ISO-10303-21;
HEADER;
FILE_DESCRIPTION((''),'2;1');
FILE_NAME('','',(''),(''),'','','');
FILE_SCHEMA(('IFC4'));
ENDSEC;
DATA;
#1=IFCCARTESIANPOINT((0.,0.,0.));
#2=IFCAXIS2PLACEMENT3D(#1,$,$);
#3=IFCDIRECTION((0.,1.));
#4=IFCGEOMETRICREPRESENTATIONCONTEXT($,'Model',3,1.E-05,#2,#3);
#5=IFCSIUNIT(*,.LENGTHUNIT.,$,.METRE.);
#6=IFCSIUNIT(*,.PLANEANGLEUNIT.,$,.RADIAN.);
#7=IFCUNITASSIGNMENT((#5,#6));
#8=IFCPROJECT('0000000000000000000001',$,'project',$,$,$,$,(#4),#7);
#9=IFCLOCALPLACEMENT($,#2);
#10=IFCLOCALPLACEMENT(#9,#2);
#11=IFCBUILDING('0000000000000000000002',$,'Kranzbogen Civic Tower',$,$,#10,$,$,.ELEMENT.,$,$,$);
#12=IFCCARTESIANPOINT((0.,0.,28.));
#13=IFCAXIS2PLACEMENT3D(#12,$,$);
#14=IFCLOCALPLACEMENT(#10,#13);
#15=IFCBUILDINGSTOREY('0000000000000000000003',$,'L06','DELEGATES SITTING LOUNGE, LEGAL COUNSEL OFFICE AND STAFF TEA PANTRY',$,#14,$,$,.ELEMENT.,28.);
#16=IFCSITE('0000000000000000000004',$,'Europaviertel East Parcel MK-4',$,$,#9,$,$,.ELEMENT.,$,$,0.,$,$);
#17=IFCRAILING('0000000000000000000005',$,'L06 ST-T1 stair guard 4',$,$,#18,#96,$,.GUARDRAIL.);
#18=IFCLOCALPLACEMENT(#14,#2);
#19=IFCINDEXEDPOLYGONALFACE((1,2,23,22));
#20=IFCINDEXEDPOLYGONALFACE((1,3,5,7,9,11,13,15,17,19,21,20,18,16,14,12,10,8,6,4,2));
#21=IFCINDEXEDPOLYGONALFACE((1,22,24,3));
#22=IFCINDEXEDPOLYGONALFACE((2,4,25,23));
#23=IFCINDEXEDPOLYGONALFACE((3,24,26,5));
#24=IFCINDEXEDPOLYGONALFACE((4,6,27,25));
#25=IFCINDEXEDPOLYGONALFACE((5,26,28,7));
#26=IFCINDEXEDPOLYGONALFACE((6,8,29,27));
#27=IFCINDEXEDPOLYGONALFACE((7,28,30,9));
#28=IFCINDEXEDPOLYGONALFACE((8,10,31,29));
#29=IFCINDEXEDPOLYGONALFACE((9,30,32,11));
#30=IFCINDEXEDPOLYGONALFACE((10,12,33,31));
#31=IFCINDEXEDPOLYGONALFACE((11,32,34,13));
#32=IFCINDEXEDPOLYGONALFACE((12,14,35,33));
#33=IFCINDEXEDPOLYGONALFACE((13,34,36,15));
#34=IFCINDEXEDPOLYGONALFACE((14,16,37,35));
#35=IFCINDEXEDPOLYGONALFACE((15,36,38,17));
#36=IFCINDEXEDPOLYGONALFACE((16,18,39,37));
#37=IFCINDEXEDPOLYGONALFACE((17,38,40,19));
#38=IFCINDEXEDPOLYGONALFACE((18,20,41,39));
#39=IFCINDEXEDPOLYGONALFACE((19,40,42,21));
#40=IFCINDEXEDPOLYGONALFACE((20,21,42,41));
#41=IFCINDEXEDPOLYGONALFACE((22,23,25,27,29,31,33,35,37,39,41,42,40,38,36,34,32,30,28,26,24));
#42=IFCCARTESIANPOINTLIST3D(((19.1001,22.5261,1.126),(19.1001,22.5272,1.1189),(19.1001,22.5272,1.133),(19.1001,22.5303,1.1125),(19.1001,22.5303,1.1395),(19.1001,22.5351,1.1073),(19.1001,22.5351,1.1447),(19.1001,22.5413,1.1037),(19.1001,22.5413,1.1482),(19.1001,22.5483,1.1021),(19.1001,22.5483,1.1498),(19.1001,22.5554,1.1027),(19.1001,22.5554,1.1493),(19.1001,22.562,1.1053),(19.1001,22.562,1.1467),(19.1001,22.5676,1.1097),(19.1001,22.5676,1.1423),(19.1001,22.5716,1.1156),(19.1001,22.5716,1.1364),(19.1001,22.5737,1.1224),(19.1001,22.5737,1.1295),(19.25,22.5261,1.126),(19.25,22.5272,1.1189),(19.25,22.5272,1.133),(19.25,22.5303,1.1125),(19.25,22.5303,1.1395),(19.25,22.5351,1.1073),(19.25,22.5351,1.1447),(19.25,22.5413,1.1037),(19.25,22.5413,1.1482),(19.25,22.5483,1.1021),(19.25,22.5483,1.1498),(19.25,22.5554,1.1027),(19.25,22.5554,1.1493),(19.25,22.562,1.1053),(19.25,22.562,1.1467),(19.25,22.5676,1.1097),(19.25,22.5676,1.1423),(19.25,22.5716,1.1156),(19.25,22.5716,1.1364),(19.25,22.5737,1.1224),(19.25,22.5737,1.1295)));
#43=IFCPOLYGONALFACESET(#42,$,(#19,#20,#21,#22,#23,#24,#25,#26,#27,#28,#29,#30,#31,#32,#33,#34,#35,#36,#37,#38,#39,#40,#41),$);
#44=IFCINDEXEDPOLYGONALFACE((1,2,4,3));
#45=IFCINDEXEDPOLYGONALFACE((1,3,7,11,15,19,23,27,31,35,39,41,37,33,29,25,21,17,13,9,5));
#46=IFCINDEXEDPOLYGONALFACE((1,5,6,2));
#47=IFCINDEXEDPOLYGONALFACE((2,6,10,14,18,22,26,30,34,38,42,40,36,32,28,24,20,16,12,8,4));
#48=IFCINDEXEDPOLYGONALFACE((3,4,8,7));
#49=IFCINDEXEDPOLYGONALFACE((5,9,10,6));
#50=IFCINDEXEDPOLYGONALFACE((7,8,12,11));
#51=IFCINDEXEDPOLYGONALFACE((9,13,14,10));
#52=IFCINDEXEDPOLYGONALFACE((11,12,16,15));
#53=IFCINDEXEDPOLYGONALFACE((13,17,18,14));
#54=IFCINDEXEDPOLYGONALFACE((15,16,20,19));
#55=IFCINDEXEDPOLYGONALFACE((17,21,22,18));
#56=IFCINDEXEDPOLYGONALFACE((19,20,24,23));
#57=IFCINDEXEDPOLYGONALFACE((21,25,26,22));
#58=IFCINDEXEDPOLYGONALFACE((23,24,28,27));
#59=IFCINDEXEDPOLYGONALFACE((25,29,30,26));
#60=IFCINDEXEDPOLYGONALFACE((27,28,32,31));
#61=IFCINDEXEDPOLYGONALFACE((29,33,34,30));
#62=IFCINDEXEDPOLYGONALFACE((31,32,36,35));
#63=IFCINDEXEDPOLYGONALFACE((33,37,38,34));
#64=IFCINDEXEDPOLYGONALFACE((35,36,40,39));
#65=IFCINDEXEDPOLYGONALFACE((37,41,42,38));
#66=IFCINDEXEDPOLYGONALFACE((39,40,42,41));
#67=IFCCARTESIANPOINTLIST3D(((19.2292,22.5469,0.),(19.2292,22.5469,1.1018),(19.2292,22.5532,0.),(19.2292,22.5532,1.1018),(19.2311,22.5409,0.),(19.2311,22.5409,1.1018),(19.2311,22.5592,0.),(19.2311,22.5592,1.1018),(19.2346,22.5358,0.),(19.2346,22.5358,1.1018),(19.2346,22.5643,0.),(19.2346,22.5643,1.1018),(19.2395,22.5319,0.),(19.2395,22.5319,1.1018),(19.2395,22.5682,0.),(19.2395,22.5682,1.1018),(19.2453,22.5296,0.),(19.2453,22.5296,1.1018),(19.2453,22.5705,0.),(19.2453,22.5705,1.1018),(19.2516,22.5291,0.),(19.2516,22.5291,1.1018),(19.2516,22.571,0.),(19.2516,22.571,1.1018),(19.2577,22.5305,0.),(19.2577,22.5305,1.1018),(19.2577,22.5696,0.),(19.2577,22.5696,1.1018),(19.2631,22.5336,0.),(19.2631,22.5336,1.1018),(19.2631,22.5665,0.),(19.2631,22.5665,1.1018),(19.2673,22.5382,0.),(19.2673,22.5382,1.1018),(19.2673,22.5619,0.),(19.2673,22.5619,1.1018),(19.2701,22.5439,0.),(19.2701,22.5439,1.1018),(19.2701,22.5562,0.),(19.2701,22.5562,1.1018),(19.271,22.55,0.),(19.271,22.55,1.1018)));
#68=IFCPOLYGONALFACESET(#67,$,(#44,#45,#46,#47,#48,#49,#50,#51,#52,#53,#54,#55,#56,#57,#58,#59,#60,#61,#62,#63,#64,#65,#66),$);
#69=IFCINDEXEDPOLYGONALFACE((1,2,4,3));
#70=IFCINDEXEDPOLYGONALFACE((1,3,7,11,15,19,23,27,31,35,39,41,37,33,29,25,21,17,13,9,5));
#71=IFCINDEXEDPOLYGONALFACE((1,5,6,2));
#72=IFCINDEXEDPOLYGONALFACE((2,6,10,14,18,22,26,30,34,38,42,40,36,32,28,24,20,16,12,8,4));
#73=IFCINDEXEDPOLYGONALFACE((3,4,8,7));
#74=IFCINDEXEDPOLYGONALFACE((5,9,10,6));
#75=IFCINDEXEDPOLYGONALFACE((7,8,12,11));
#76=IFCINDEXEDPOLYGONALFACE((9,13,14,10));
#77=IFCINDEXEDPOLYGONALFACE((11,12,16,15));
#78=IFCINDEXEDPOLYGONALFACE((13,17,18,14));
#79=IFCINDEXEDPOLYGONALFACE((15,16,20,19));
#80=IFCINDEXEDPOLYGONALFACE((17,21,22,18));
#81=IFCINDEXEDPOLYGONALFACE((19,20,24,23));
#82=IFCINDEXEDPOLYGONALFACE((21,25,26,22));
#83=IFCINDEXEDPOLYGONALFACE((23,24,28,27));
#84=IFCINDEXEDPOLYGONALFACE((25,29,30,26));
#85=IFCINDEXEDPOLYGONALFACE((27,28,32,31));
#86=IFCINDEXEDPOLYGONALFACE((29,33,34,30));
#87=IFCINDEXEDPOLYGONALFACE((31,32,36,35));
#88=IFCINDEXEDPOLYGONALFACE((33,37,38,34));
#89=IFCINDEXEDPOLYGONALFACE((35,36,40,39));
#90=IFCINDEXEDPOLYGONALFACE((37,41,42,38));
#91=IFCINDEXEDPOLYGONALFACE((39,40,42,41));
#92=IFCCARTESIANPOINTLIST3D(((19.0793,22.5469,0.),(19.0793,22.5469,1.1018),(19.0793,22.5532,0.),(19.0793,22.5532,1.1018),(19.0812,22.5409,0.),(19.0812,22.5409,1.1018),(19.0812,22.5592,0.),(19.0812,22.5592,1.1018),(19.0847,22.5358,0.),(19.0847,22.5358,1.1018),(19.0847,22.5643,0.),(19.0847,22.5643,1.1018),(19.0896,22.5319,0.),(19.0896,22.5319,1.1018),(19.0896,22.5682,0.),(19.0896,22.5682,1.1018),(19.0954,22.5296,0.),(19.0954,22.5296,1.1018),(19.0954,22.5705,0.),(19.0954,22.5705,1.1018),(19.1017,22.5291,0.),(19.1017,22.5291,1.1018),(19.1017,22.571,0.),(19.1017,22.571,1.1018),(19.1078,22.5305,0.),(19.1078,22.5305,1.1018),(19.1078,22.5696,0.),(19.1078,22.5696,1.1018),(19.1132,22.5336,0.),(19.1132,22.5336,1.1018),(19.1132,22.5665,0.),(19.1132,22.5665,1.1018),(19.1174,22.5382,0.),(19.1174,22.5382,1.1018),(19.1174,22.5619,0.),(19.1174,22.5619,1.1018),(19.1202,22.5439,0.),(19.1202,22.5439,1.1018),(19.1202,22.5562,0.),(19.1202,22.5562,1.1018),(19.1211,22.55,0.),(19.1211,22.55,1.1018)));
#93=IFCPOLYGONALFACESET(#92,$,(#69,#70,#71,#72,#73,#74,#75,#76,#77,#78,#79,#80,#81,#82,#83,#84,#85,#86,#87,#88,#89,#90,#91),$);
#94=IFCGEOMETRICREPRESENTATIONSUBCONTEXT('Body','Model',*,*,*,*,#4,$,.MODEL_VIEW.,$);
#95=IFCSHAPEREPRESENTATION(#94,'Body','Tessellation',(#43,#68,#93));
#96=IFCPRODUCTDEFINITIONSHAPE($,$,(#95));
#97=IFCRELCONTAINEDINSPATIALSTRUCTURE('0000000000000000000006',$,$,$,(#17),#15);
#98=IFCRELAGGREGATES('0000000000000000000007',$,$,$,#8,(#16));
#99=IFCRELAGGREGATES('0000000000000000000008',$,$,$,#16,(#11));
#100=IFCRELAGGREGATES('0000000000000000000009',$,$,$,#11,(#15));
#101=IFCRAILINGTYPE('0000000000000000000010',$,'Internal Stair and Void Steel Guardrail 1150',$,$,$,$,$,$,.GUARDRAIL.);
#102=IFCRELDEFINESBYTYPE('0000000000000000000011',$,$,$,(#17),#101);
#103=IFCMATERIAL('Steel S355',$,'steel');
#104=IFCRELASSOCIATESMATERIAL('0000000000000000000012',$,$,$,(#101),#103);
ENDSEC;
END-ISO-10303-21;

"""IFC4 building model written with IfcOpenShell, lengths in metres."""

from ifc_helpers import new_model, si_unit, direction, frame, origin, origin_2d, place, context, subcontext, project, spatial, circle, extrude, material, type_object, element, save


model = new_model("IFC4")

# Units and contexts
model_context = context("Model", 3, precision=1e-05, world=origin(), true_north=direction((0.0, 1.0)))
body_context = subcontext(model_context, "Body", "Model", "MODEL_VIEW")
ifc_project = project(units=[si_unit("LENGTHUNIT", "METRE"), si_unit("PLANEANGLEUNIT", "RADIAN")], contexts=[model_context])

# Site, building, storey
site_placement = place(None, origin())
site = spatial("IfcSite", under=ifc_project, at=site_placement, Name="Europaviertel East Parcel MK-4", CompositionType="ELEMENT", RefElevation=0.0)
building_placement = place(site_placement, origin())
building = spatial("IfcBuilding", under=site, at=building_placement, Name="Kranzbogen Civic Tower", CompositionType="ELEMENT")
storey_placement = place(building_placement, frame((0.0, 0.0, 28.0)))
storey = spatial("IfcBuildingStorey", under=building, at=storey_placement, Name="L06", Description="DELEGATES SITTING LOUNGE, LEGAL COUNSEL OFFICE AND STAFF TEA PANTRY", CompositionType="ELEMENT", Elevation=28.0)

# Shared definitions
ifc_material_1 = material(Name="Steel S355", Category="steel")

# Railing
railing_type_1 = type_object("IfcRailingType", Name="Internal Stair and Void Steel Guardrail 1150", PredefinedType="GUARDRAIL", material=ifc_material_1)
railing_1_placement = place(storey_placement, frame((19.25, 22.55, 0.0)))
element("IfcRailing", 1, at=railing_1_placement, inside=storey, type_object=railing_type_1, Name="L06 ST-T1 stair guard 4", PredefinedType="GUARDRAIL", context=body_context, shape_type="SweptSolid", body=[
    extrude(circle(Radius=0.0239, at=origin_2d()), frame((0.0, 0.0, 1.126), z_axis=(-1.0, 0.0, 0.0), x_axis=(0.0, -1.0, 0.0)), (0.0, 0.0, 1.0), 0.1499),
    extrude(circle(Radius=0.021, at=origin_2d()), origin(), (0.0, 0.0, 1.0), 1.1018),
    extrude(circle(Radius=0.021, at=origin_2d()), frame((-0.1499, 0.0, 0.0)), (0.0, 0.0, 1.0), 1.1018),
])

save(model, "model.ifc")
